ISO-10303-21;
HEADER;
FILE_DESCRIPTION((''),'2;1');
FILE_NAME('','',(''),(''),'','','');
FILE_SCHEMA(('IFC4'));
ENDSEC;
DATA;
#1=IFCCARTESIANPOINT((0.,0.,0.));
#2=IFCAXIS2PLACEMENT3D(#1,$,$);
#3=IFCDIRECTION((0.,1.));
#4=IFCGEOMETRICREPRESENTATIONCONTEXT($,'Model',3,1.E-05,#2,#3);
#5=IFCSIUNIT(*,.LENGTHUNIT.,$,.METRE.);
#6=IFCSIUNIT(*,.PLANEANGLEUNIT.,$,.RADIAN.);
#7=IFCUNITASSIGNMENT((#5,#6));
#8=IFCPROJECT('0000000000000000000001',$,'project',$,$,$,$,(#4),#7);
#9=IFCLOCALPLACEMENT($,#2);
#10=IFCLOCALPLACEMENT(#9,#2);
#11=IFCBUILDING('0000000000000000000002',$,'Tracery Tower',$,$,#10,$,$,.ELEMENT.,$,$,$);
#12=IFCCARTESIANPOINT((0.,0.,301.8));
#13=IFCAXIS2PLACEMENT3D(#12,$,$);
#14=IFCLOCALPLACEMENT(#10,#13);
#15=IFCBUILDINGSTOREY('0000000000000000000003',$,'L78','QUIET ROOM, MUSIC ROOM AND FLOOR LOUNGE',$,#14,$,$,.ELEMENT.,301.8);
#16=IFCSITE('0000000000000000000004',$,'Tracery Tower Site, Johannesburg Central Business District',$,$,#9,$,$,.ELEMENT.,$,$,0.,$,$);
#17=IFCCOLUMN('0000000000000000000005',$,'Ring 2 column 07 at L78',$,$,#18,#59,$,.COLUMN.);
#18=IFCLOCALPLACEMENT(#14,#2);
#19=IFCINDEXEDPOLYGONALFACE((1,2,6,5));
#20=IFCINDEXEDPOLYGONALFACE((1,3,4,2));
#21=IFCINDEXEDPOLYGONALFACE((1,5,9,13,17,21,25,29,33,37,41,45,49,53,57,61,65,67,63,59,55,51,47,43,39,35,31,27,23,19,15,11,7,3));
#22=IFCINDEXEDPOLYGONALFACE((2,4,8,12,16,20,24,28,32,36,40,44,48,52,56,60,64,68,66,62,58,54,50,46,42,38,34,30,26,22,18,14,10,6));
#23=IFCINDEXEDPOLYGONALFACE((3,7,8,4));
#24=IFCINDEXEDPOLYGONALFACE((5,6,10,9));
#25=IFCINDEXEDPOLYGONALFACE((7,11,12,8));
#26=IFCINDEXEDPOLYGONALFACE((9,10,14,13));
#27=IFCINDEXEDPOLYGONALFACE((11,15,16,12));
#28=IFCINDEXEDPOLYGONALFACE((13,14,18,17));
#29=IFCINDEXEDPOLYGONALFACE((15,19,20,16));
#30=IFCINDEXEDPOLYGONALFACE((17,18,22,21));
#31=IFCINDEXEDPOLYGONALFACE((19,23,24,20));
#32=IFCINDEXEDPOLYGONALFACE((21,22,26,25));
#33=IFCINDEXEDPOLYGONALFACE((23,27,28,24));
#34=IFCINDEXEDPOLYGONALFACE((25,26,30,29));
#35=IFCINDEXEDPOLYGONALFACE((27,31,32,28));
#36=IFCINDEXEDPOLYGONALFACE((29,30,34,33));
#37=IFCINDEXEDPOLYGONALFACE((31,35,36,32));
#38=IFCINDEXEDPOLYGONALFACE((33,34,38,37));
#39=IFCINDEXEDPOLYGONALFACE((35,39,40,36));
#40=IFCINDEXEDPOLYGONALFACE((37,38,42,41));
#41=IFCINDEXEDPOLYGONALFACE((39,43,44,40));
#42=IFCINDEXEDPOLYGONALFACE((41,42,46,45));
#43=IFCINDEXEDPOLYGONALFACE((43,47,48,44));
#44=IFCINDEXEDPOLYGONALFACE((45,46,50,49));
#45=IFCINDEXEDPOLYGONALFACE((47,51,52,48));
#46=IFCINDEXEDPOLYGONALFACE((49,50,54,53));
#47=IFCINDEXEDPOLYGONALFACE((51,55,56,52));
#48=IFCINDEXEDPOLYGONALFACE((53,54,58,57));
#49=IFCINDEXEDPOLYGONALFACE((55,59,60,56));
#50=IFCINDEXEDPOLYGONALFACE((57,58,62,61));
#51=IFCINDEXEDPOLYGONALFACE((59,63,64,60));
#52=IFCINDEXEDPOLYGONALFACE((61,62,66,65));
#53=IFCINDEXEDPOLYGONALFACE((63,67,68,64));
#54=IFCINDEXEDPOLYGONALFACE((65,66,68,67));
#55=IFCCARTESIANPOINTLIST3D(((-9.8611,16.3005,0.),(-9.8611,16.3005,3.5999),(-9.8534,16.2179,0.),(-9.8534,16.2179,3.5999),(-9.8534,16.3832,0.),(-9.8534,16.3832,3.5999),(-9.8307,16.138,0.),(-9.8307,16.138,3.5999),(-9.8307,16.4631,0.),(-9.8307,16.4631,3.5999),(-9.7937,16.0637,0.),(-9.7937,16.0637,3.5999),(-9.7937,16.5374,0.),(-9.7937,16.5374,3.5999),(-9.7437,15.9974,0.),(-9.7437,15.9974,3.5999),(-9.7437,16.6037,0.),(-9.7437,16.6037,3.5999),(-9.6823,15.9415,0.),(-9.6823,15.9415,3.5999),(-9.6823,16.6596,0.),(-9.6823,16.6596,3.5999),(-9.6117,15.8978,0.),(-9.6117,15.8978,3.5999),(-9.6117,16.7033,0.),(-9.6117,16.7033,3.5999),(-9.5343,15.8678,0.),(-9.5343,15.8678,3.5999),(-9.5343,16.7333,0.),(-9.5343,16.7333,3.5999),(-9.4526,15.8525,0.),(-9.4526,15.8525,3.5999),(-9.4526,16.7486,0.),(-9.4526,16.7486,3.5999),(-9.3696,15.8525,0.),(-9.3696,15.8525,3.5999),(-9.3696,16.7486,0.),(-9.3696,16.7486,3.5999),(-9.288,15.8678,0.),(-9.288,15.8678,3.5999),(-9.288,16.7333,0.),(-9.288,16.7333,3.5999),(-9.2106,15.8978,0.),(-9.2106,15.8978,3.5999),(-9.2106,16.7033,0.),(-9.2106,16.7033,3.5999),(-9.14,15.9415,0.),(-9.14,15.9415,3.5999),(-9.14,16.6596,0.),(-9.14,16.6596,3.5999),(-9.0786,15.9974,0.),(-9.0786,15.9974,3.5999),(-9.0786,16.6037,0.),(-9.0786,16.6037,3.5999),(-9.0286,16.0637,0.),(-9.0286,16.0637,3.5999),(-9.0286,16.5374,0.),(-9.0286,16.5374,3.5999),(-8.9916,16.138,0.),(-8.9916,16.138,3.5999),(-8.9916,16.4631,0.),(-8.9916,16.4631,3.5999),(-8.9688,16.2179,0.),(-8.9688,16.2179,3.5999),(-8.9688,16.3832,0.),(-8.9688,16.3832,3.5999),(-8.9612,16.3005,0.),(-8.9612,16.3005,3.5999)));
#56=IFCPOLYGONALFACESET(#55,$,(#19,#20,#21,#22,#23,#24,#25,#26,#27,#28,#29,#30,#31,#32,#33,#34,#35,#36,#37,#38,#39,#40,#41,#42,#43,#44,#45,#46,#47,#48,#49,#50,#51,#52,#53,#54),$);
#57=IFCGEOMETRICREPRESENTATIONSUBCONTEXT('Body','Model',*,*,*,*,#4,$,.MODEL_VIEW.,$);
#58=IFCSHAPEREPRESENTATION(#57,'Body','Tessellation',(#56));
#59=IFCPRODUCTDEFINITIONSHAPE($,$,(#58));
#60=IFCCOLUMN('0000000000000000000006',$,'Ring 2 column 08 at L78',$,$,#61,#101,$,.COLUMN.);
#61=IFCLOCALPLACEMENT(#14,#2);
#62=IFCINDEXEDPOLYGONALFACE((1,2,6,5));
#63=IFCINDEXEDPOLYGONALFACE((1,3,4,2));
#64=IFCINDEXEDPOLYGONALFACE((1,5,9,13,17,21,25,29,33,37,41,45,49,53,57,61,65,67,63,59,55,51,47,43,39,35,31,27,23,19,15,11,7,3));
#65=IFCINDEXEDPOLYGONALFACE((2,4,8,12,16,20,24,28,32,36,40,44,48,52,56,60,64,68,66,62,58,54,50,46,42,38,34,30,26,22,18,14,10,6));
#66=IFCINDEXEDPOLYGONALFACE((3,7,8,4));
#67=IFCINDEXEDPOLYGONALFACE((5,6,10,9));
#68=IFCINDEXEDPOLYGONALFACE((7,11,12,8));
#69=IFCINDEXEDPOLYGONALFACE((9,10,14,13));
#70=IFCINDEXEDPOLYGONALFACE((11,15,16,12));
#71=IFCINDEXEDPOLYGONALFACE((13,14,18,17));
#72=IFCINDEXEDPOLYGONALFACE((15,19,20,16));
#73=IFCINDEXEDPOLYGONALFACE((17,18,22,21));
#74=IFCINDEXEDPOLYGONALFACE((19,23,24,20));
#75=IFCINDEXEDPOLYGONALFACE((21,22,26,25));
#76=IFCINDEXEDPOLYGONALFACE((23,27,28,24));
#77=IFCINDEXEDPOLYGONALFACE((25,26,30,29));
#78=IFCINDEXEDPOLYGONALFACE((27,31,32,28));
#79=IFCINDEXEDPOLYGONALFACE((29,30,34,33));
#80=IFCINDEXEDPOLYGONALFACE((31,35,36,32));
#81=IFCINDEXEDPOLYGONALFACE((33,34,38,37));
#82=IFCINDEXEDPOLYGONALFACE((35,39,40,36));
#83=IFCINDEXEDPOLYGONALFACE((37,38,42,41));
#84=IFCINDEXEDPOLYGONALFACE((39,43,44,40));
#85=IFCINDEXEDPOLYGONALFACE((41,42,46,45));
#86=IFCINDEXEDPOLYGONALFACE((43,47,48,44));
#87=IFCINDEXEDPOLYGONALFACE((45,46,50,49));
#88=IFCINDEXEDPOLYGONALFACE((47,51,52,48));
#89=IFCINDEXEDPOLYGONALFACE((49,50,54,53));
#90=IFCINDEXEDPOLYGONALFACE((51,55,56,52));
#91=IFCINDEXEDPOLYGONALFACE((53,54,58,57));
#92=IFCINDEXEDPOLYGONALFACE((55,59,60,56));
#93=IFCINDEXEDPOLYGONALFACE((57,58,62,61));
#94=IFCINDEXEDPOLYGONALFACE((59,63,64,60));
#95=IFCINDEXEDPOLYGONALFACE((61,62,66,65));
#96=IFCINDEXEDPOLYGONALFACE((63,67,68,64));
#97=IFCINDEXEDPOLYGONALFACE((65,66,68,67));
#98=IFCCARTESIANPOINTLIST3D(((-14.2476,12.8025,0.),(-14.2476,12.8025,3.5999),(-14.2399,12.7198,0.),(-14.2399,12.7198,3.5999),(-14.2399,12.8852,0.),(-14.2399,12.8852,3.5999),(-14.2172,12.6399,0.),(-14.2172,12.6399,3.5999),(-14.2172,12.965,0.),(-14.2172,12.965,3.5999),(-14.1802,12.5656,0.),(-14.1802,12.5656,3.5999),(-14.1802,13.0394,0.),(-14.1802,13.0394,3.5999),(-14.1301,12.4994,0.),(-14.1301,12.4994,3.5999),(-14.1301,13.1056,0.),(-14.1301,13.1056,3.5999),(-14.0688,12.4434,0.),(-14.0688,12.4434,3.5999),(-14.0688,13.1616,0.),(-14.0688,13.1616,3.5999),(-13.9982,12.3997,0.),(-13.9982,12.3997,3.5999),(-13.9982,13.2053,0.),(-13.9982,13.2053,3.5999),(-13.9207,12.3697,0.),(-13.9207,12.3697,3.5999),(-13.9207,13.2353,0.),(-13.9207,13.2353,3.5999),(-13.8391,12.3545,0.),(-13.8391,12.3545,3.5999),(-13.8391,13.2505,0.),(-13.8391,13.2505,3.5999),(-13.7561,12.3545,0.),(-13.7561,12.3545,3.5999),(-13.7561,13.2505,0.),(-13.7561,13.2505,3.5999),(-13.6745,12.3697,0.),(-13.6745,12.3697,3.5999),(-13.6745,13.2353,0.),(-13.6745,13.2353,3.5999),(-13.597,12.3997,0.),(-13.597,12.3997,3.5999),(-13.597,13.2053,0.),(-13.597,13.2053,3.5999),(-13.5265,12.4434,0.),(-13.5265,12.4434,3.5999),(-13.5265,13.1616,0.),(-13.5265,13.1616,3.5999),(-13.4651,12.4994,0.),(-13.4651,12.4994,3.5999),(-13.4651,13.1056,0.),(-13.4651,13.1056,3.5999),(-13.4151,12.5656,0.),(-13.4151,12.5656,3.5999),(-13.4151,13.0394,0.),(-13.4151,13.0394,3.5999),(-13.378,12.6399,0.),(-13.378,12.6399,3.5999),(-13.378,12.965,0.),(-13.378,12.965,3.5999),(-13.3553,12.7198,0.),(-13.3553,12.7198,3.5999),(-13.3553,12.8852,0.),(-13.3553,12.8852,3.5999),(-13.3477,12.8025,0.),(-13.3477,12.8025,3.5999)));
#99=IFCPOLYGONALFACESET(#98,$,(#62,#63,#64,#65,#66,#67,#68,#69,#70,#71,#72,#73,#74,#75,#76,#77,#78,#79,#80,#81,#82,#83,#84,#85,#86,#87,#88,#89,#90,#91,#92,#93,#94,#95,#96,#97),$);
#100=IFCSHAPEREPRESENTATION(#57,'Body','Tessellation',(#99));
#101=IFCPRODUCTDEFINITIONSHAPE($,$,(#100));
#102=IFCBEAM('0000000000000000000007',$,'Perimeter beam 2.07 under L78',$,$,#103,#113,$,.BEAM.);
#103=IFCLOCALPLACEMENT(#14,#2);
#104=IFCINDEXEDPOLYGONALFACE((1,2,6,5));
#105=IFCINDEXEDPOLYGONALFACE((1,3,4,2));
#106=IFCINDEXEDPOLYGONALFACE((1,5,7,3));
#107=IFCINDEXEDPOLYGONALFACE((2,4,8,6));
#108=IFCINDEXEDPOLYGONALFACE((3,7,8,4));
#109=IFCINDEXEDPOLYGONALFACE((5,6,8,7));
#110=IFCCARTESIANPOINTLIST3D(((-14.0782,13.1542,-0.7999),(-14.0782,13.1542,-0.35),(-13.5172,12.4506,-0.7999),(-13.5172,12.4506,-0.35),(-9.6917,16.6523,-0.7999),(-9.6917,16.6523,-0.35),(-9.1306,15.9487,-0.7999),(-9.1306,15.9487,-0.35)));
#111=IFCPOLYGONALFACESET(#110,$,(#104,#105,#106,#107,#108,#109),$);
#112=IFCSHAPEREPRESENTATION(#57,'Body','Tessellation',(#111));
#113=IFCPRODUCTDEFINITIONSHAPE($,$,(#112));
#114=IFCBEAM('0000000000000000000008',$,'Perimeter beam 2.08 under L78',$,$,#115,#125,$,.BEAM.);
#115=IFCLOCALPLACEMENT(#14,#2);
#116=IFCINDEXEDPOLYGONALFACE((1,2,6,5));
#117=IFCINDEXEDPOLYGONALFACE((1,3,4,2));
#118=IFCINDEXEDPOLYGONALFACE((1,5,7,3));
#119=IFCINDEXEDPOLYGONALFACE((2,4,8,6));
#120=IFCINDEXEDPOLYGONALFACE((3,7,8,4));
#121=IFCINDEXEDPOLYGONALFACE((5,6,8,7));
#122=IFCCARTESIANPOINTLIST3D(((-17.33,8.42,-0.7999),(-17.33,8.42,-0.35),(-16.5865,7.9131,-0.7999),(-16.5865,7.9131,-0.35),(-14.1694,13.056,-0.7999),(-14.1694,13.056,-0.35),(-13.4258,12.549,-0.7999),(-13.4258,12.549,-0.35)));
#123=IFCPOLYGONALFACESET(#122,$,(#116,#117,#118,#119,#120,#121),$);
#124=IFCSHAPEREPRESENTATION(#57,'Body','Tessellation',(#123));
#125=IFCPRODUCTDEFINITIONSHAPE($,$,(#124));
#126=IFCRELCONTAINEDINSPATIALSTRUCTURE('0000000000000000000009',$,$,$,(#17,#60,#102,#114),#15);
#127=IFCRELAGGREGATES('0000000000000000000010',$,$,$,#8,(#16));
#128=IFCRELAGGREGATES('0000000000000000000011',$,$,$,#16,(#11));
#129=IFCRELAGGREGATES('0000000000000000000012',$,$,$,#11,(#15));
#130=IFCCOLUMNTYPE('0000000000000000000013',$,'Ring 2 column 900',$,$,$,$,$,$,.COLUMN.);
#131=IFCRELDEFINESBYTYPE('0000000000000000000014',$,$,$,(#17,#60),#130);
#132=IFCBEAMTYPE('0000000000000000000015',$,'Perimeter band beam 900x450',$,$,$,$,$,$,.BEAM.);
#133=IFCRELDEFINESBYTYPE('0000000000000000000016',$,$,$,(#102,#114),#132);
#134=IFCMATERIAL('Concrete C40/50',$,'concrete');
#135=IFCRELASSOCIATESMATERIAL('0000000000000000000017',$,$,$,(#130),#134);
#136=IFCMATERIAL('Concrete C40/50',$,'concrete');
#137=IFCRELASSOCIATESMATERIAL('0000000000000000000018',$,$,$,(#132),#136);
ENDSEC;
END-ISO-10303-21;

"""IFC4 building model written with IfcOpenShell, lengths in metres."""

from ifc_helpers import new_model, si_unit, direction, frame, origin, origin_2d, place, context, subcontext, project, spatial, rectangle, circle, extrude, material, material_profile, profile_set, type_object, element, save


model = new_model("IFC4")

# Units and contexts
model_context = context("Model", 3, precision=1e-05, world=origin(), true_north=direction((0.0, 1.0)))
body_context = subcontext(model_context, "Body", "Model", "MODEL_VIEW")
ifc_project = project(units=[si_unit("LENGTHUNIT", "METRE"), si_unit("PLANEANGLEUNIT", "RADIAN")], contexts=[model_context])

# Site, building, storey
site_placement = place(None, origin())
site = spatial("IfcSite", under=ifc_project, at=site_placement, Name="Tracery Tower Site, Johannesburg Central Business District", CompositionType="ELEMENT", RefElevation=0.0)
building_placement = place(site_placement, origin())
building = spatial("IfcBuilding", under=site, at=building_placement, Name="Tracery Tower", CompositionType="ELEMENT")
storey_placement = place(building_placement, frame((0.0, 0.0, 301.8)))
storey = spatial("IfcBuildingStorey", under=building, at=storey_placement, Name="L78", Description="QUIET ROOM, MUSIC ROOM AND FLOOR LOUNGE", CompositionType="ELEMENT", Elevation=301.8)

# Columns
ifc_material_1 = material(Name="Concrete C40/50", Category="concrete")
ifc_material_profile_1 = material_profile(ifc_material_1, circle(Radius=0.45, at=origin_2d()), Name="RC D900")
ifc_profile_set_1 = profile_set([ifc_material_profile_1], Name="Concrete C40/50")
column_type = type_object("IfcColumnType", Name="Ring 2 column 900", PredefinedType="COLUMN", material=ifc_profile_set_1)
for number, where, z_axis, x_axis, name in (
    (1, (-9.4111, 16.3005, 0.0), (0.0, 0.0, 1.0), (1.0, 0.0, 0.0), "Ring 2 column 07 at L78"),
    (2, (-13.7976, 12.8025, 0.0), (0.0, 0.0, 1.0), (1.0, 0.0, 0.0), "Ring 2 column 08 at L78"),
):
    element("IfcColumn", number, at=place(storey_placement, frame(where, z_axis=z_axis, x_axis=x_axis)), inside=storey, type_object=column_type, Name=name, PredefinedType="COLUMN", context=body_context, shape_type="SweptSolid", body=[
        extrude(circle(Radius=0.45, at=origin_2d()), origin(), (0.0, 0.0, 1.0), 3.5999),
    ])

# Beams
ifc_material_2 = material(Name="Concrete C40/50", Category="concrete")
ifc_material_profile_2 = material_profile(ifc_material_2, rectangle(XDim=0.8999, YDim=0.45, at=origin_2d()), Name="RC 900x450")
ifc_profile_set_2 = profile_set([ifc_material_profile_2], Name="Concrete C40/50")
beam_type = type_object("IfcBeamType", Name="Perimeter band beam 900x450", PredefinedType="BEAM", material=ifc_profile_set_2)
beam_1_placement = place(storey_placement, frame((-9.4111, 16.3005, -0.575), z_axis=(-0.781836, -0.623484, 0.0), x_axis=(0.623484, -0.781836, 0.0)))
element("IfcBeam", 3, at=beam_1_placement, inside=storey, type_object=beam_type, Name="Perimeter beam 2.07 under L78", PredefinedType="BEAM", context=body_context, shape_type="SweptSolid", body=[
    extrude(rectangle(XDim=0.8999, YDim=0.45, at=origin_2d()), origin(), (0.0, 0.0, 1.0), 5.6106),
])
beam_2_placement = place(storey_placement, frame((-13.7976, 12.8025, -0.575), z_axis=(-0.563306, -0.826249, 0.0), x_axis=(0.826249, -0.563306, 0.0)))
element("IfcBeam", 4, at=beam_2_placement, inside=storey, type_object=beam_type, Name="Perimeter beam 2.08 under L78", PredefinedType="BEAM", context=body_context, shape_type="SweptSolid", body=[
    extrude(rectangle(XDim=0.8999, YDim=0.45, at=origin_2d()), origin(), (0.0, 0.0, 1.0), 5.6108),
])

save(model, "model.ifc")
